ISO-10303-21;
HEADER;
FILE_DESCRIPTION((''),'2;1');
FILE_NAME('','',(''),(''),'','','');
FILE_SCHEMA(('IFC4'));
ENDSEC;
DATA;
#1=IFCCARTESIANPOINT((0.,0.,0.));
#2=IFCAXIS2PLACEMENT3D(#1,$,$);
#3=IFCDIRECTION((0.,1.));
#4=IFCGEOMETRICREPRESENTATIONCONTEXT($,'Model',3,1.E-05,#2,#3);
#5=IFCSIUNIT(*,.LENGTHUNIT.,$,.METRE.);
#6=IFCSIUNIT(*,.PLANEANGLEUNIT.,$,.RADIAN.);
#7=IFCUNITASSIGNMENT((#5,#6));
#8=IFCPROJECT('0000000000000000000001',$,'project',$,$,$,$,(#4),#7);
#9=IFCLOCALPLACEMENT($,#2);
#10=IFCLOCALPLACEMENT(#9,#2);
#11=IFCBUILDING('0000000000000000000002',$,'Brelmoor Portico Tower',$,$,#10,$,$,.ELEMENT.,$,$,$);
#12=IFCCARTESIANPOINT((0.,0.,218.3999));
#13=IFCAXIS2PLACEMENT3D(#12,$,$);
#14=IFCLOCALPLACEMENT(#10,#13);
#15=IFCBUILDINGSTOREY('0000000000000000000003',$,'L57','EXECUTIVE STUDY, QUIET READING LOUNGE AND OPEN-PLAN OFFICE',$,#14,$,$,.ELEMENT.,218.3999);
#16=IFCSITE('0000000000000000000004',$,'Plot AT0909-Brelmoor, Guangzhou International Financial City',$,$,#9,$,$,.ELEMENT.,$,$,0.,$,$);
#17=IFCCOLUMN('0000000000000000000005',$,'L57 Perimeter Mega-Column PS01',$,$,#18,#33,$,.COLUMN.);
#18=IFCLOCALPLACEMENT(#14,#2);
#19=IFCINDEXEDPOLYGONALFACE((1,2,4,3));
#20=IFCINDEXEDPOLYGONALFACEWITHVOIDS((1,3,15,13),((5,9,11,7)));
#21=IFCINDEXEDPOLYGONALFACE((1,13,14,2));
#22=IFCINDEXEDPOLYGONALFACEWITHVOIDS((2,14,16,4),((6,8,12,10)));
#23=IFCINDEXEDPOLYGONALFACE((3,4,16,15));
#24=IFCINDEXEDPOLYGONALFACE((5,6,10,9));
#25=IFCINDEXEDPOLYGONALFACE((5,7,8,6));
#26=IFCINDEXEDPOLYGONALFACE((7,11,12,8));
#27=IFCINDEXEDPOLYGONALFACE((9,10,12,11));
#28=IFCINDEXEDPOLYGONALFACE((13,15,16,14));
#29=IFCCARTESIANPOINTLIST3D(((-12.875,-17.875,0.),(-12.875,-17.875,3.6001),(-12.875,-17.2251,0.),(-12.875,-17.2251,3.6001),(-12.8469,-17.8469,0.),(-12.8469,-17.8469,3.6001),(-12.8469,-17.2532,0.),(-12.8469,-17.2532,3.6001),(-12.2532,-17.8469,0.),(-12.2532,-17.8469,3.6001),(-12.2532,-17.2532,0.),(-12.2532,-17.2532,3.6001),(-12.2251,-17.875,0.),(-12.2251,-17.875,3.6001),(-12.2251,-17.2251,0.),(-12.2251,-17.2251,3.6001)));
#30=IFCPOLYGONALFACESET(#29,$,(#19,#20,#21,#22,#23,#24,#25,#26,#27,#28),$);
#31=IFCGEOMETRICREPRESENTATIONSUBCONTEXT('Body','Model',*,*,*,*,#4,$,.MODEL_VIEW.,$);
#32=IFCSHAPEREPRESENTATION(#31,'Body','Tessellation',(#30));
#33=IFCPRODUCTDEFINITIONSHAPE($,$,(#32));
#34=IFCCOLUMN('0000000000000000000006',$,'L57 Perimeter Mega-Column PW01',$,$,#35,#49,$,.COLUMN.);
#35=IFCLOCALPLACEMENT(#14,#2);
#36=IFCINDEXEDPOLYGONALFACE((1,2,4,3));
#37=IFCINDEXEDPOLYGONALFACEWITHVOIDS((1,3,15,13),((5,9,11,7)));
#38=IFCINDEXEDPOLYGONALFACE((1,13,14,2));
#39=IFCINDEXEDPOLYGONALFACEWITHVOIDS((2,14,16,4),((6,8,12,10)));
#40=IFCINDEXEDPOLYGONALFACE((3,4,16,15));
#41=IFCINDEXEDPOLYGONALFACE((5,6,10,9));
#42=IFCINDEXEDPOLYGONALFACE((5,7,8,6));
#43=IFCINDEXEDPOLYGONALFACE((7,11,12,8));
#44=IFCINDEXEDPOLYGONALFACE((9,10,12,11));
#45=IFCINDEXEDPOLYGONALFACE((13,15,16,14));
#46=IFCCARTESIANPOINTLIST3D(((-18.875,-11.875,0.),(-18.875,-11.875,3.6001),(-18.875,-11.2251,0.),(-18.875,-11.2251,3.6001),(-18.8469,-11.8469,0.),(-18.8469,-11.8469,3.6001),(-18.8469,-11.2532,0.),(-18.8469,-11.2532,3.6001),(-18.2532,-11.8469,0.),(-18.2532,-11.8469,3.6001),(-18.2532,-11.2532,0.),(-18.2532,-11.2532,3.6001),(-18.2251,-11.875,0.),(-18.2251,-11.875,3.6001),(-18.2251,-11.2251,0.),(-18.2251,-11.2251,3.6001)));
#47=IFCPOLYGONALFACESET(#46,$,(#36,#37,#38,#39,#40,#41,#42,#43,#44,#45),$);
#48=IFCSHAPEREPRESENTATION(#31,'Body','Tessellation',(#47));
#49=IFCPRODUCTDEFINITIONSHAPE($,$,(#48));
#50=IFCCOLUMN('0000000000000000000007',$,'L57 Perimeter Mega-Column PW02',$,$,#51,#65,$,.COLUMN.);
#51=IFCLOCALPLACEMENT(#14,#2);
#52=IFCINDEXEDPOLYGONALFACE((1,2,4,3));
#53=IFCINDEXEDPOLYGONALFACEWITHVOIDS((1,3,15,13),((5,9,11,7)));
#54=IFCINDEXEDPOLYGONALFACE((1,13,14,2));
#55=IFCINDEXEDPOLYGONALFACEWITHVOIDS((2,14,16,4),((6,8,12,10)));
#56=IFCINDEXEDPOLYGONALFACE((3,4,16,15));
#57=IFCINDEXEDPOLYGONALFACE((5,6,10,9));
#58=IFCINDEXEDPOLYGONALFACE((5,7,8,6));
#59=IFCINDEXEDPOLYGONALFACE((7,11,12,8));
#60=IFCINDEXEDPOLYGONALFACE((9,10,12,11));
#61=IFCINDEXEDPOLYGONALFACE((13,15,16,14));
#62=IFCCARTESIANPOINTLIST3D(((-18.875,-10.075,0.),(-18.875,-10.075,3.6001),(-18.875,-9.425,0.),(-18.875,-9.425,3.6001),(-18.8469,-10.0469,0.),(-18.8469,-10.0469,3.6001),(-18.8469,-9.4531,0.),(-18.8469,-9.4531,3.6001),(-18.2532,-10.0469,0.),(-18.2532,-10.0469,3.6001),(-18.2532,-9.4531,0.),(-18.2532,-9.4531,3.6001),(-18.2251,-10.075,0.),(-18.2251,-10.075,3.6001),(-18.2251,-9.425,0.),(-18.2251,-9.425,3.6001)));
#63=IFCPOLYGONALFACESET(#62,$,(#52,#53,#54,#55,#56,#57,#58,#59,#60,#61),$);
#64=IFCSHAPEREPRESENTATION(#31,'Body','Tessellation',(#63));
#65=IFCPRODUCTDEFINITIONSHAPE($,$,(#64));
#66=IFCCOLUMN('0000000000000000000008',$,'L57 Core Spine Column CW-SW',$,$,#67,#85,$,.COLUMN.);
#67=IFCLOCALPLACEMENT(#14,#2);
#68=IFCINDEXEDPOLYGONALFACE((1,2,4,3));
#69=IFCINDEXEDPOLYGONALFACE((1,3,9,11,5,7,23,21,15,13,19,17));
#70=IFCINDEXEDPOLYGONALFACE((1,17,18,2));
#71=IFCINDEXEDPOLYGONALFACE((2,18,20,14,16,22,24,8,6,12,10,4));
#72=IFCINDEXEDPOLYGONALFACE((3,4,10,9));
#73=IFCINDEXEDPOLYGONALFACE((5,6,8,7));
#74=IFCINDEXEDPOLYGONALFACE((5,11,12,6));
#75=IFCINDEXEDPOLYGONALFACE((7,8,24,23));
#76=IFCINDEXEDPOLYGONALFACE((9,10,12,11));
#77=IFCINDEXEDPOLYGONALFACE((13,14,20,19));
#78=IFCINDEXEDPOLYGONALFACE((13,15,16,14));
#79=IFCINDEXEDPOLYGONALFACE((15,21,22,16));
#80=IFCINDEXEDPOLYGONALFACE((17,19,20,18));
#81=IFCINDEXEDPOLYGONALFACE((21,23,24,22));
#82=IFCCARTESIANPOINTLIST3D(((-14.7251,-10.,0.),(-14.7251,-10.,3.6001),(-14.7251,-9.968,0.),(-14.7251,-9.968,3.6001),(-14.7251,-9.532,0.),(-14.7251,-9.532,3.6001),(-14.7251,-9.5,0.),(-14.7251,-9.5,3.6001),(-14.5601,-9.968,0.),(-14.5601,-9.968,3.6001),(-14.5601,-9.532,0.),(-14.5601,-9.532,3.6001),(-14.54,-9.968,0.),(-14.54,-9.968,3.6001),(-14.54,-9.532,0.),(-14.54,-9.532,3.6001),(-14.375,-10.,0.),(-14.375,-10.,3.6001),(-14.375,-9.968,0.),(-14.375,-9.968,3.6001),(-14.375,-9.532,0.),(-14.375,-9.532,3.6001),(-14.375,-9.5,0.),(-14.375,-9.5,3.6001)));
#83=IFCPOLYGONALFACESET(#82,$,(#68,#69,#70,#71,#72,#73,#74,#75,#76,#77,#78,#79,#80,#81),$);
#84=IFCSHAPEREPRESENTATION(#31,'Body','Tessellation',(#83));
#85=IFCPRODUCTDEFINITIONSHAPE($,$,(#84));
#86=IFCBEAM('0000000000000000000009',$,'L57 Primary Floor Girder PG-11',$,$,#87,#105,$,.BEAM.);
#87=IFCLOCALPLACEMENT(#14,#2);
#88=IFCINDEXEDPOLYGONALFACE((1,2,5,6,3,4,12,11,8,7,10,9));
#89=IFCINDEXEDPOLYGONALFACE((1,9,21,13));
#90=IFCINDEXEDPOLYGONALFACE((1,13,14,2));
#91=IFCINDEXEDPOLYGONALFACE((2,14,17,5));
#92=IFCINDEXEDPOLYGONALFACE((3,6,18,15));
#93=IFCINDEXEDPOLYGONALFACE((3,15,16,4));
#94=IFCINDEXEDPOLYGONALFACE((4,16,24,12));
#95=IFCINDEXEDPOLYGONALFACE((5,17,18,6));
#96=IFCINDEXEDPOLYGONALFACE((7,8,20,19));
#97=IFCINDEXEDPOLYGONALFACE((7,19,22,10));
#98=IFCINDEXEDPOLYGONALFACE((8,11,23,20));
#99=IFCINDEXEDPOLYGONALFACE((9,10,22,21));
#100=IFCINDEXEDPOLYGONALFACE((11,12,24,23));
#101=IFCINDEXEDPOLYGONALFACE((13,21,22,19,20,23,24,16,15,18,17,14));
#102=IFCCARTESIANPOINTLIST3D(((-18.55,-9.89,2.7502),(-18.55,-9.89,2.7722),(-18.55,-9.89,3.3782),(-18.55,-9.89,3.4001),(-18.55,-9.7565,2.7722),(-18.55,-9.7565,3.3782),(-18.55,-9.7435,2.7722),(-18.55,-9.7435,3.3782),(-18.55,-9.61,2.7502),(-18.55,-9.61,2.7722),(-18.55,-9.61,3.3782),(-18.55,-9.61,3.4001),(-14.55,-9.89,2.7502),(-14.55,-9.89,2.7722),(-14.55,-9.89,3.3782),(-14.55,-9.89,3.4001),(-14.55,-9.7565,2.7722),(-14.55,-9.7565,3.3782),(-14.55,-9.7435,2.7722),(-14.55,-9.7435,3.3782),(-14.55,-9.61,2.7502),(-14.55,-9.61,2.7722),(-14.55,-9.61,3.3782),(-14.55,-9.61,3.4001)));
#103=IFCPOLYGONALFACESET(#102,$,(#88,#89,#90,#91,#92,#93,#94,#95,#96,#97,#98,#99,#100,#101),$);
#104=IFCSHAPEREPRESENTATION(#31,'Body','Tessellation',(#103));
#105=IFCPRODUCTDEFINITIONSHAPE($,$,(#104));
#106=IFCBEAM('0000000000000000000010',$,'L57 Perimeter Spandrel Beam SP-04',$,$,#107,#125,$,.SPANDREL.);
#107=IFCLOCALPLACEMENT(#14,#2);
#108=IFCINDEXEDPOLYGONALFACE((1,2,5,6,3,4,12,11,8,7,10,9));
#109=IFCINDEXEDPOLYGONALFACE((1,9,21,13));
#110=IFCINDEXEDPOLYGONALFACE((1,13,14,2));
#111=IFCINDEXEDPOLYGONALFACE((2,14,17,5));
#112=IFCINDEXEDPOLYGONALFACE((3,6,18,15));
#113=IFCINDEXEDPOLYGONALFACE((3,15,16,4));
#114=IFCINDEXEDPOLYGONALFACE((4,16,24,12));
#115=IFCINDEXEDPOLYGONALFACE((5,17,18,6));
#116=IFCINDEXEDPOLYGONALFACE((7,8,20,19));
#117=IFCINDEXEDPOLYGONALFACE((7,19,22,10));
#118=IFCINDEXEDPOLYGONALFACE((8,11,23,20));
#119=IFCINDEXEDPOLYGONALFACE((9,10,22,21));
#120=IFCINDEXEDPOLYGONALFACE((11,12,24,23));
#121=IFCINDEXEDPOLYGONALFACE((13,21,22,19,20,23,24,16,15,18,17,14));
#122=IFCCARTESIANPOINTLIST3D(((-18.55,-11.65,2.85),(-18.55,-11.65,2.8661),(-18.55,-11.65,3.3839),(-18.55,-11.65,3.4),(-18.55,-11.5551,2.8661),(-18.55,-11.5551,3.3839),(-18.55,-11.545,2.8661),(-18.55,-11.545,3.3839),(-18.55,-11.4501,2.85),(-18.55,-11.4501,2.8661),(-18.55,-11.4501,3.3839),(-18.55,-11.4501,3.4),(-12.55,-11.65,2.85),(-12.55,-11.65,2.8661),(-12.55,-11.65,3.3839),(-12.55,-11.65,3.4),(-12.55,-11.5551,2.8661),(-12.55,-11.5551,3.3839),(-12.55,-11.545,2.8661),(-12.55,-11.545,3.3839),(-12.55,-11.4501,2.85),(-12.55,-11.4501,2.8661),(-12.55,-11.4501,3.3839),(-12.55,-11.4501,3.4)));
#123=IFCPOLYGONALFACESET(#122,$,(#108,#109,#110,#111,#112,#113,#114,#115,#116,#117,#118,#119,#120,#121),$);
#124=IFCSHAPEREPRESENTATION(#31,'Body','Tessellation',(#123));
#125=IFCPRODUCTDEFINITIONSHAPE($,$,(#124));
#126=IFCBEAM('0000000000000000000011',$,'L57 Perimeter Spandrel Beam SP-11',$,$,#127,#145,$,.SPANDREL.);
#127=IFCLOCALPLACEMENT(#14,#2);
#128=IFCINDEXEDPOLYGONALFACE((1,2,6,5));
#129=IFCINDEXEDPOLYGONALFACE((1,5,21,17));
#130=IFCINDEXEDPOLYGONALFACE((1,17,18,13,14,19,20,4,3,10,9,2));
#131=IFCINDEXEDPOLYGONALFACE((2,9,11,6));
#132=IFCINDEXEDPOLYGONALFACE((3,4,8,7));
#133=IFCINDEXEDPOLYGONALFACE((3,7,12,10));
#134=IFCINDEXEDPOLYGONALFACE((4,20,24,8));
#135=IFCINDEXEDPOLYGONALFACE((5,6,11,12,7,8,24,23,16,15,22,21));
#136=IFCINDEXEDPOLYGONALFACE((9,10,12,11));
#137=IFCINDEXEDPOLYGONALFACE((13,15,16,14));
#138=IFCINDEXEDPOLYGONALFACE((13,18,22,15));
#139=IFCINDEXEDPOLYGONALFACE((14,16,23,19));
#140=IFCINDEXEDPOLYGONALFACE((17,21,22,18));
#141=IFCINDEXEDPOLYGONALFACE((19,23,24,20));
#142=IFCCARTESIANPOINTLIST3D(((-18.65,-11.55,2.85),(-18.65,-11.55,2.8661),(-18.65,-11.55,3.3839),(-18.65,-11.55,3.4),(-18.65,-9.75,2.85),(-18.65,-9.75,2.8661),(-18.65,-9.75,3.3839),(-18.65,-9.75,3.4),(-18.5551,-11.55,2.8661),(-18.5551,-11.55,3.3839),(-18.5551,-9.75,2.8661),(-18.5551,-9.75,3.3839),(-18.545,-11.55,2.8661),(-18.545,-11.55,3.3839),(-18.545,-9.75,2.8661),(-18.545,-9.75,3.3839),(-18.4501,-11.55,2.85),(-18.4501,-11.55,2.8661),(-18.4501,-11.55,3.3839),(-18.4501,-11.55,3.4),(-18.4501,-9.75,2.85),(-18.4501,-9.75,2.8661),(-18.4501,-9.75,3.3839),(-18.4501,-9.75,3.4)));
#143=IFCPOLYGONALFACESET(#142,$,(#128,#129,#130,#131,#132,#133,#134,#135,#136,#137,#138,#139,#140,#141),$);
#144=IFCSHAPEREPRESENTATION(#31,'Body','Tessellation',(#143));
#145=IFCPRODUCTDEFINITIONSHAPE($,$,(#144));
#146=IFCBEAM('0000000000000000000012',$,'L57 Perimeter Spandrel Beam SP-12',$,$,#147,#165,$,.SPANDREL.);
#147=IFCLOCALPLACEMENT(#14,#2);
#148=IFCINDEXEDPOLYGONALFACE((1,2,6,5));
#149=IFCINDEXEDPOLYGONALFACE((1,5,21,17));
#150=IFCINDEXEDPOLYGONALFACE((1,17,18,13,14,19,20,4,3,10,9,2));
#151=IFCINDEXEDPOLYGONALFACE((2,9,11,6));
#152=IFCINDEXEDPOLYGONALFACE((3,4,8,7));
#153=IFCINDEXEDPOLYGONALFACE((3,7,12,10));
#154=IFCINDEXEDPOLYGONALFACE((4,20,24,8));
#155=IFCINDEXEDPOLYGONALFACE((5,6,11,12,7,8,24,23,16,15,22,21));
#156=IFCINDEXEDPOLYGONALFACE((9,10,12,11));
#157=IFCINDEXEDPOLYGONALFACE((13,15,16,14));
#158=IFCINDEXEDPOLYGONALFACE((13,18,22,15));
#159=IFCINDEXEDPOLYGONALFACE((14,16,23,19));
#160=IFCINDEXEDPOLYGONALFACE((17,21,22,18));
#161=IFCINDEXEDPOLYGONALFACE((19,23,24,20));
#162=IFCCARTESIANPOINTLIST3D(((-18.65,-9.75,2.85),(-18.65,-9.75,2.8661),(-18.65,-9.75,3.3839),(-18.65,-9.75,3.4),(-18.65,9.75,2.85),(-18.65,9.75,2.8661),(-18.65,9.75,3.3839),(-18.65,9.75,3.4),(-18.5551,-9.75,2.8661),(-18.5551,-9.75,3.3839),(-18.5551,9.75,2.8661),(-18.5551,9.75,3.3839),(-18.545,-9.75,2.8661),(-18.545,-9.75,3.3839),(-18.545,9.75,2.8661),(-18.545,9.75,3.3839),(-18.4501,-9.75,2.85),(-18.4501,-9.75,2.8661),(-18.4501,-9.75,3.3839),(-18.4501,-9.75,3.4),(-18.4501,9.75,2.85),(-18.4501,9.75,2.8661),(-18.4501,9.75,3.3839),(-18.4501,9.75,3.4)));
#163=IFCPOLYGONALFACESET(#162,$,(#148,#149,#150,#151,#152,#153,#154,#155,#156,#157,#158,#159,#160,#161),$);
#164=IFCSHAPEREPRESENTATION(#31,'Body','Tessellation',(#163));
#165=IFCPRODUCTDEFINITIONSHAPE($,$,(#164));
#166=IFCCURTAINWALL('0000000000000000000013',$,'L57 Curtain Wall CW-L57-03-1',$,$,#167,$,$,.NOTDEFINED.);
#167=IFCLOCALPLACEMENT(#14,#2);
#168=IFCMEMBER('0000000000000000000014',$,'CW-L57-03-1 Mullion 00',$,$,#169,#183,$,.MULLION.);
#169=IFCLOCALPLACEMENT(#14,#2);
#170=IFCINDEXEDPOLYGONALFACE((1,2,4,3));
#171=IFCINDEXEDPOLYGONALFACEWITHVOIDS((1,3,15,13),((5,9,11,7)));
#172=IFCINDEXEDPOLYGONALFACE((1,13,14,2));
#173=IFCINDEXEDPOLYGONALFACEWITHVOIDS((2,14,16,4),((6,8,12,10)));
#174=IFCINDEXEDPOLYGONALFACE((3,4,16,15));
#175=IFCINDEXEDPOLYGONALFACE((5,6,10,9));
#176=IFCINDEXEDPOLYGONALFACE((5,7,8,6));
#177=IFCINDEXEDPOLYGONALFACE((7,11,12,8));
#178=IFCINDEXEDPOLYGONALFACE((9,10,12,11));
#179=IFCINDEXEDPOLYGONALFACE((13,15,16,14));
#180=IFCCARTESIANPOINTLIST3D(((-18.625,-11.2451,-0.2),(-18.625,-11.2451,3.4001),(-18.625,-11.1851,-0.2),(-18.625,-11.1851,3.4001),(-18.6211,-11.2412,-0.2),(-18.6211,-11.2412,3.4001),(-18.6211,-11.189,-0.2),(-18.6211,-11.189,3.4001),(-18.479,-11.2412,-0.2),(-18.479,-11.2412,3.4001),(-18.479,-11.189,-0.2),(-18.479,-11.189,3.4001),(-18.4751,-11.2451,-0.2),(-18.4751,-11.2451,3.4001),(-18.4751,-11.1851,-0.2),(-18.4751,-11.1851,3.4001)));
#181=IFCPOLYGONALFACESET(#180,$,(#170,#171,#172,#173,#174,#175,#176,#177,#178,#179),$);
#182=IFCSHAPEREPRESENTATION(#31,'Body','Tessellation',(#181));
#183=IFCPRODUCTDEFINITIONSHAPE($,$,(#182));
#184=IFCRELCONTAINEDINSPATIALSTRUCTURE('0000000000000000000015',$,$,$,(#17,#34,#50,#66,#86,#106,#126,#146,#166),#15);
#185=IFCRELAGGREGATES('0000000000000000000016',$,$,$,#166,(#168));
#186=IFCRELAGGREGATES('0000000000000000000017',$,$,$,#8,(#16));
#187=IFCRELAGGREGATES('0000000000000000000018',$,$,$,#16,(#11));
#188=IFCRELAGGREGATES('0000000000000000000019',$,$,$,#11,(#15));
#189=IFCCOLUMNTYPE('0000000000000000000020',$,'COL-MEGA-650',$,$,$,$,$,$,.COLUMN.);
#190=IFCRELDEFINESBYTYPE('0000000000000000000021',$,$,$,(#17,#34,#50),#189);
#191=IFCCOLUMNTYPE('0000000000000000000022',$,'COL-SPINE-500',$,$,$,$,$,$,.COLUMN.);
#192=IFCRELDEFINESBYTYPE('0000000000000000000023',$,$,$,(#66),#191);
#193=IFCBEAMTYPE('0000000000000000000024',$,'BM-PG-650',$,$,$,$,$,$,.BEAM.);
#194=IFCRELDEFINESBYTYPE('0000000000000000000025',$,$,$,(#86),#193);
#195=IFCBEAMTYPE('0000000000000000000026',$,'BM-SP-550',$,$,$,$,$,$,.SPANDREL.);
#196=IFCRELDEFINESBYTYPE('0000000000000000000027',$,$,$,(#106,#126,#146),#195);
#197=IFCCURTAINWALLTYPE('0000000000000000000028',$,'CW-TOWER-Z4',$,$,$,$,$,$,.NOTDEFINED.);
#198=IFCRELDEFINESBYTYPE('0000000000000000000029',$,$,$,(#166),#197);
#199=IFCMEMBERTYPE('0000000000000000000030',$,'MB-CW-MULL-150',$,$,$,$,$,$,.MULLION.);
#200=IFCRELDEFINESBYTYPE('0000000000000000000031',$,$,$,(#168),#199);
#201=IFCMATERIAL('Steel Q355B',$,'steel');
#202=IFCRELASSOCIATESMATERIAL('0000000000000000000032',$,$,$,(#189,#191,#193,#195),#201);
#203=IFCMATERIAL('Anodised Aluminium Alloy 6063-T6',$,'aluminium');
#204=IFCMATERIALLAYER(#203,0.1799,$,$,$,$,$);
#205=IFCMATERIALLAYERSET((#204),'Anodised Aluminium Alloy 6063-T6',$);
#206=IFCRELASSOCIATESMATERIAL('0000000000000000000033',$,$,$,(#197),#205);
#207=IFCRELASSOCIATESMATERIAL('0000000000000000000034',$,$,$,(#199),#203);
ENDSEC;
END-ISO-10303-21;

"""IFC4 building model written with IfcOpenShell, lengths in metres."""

from ifc_helpers import new_model, si_unit, direction, frame, origin, origin_2d, place, context, subcontext, project, spatial, hollow_rectangle, i_section, extrude, material, layer, layer_set, material_profile, profile_set, type_object, element, aggregate, save


model = new_model("IFC4")

# Units and contexts
model_context = context("Model", 3, precision=1e-05, world=origin(), true_north=direction((0.0, 1.0)))
body_context = subcontext(model_context, "Body", "Model", "MODEL_VIEW")
ifc_project = project(units=[si_unit("LENGTHUNIT", "METRE"), si_unit("PLANEANGLEUNIT", "RADIAN")], contexts=[model_context])

# Site, building, storey
site_placement = place(None, origin())
site = spatial("IfcSite", under=ifc_project, at=site_placement, Name="Plot AT0909-Brelmoor, Guangzhou International Financial City", CompositionType="ELEMENT", RefElevation=0.0)
building_placement = place(site_placement, origin())
building = spatial("IfcBuilding", under=site, at=building_placement, Name="Brelmoor Portico Tower", CompositionType="ELEMENT")
storey_placement = place(building_placement, frame((0.0, 0.0, 218.3999)))
storey = spatial("IfcBuildingStorey", under=building, at=storey_placement, Name="L57", Description="EXECUTIVE STUDY, QUIET READING LOUNGE AND OPEN-PLAN OFFICE", CompositionType="ELEMENT", Elevation=218.3999)

# Columns
ifc_material_1 = material(Name="Steel Q355B", Category="steel")
ifc_material_profile_1 = material_profile(ifc_material_1, hollow_rectangle(XDim=0.6499, YDim=0.6499, WallThickness=0.0281, at=origin_2d()), Name="BOX 650x650x28")
ifc_profile_set_1 = profile_set([ifc_material_profile_1], Name="Steel Q355B")
column_type_1 = type_object("IfcColumnType", Name="COL-MEGA-650", PredefinedType="COLUMN", material=ifc_profile_set_1)
for number, where, z_axis, x_axis, name in (
    (1, (-12.55, -17.55, 0.0), (0.0, 0.0, 1.0), (1.0, 0.0, 0.0), "L57 Perimeter Mega-Column PS01"),
    (2, (-18.55, -11.55, 0.0), (0.0, 0.0, 1.0), (0.0, 1.0, 0.0), "L57 Perimeter Mega-Column PW01"),
    (3, (-18.55, -9.75, 0.0), (0.0, 0.0, 1.0), (0.0, 1.0, 0.0), "L57 Perimeter Mega-Column PW02"),
):
    element("IfcColumn", number, at=place(storey_placement, frame(where, z_axis=z_axis, x_axis=x_axis)), inside=storey, type_object=column_type_1, Name=name, PredefinedType="COLUMN", context=body_context, shape_type="SweptSolid", body=[
        extrude(hollow_rectangle(XDim=0.6499, YDim=0.6499, WallThickness=0.0281, at=origin_2d()), origin(), (0.0, 0.0, 1.0), 3.6001),
    ])
ifc_material_profile_2 = material_profile(ifc_material_1, i_section(OverallWidth=0.3501, OverallDepth=0.5, WebThickness=0.02, FlangeThickness=0.032, at=origin_2d()), Name="HW 500x350x20x32")
ifc_profile_set_2 = profile_set([ifc_material_profile_2], Name="Steel Q355B")
column_type_2 = type_object("IfcColumnType", Name="COL-SPINE-500", PredefinedType="COLUMN", material=ifc_profile_set_2)
column_placement = place(storey_placement, frame((-14.55, -9.75, 0.0), z_axis=(0.0, 0.0, 1.0), x_axis=(1.0, 0.0, 0.0)))
element("IfcColumn", 4, at=column_placement, inside=storey, type_object=column_type_2, Name="L57 Core Spine Column CW-SW", PredefinedType="COLUMN", context=body_context, shape_type="SweptSolid", body=[
    extrude(i_section(OverallWidth=0.3501, OverallDepth=0.5, WebThickness=0.02, FlangeThickness=0.032, at=origin_2d()), origin(), (0.0, 0.0, 1.0), 3.6001),
])

# Beams
ifc_material_profile_3 = material_profile(ifc_material_1, i_section(OverallWidth=0.28, OverallDepth=0.6499, WebThickness=0.0129, FlangeThickness=0.022, at=origin_2d()), Name="HN 650x280x13x22")
ifc_profile_set_3 = profile_set([ifc_material_profile_3], Name="Steel Q355B")
beam_type_1 = type_object("IfcBeamType", Name="BM-PG-650", PredefinedType="BEAM", material=ifc_profile_set_3)
beam_1_placement = place(storey_placement, frame((-18.55, -9.75, 3.0752), z_axis=(1.0, 0.0, 0.0), x_axis=(0.0, 1.0, 0.0)))
element("IfcBeam", 5, at=beam_1_placement, inside=storey, type_object=beam_type_1, Name="L57 Primary Floor Girder PG-11", PredefinedType="BEAM", context=body_context, shape_type="SweptSolid", body=[
    extrude(i_section(OverallWidth=0.28, OverallDepth=0.6499, WebThickness=0.0129, FlangeThickness=0.022, at=origin_2d()), origin(), (0.0, 0.0, 1.0), 4.0),
])
ifc_material_profile_4 = material_profile(ifc_material_1, i_section(OverallWidth=0.2, OverallDepth=0.55, WebThickness=0.01, FlangeThickness=0.0161, at=origin_2d()), Name="HN 550x200x10x16")
ifc_profile_set_4 = profile_set([ifc_material_profile_4], Name="Steel Q355B")
beam_type_2 = type_object("IfcBeamType", Name="BM-SP-550", PredefinedType="SPANDREL", material=ifc_profile_set_4)
beam_2_placement = place(storey_placement, frame((-18.55, -11.55, 3.125), z_axis=(1.0, 0.0, 0.0), x_axis=(0.0, 1.0, 0.0)))
element("IfcBeam", 6, at=beam_2_placement, inside=storey, type_object=beam_type_2, Name="L57 Perimeter Spandrel Beam SP-04", PredefinedType="SPANDREL", context=body_context, shape_type="SweptSolid", body=[
    extrude(i_section(OverallWidth=0.2, OverallDepth=0.55, WebThickness=0.01, FlangeThickness=0.0161, at=origin_2d()), origin(), (0.0, 0.0, 1.0), 6.0),
])
beam_3_placement = place(storey_placement, frame((-18.55, -11.55, 3.125), z_axis=(0.0, 1.0, 0.0), x_axis=(-1.0, 0.0, 0.0)))
element("IfcBeam", 7, at=beam_3_placement, inside=storey, type_object=beam_type_2, Name="L57 Perimeter Spandrel Beam SP-11", PredefinedType="SPANDREL", context=body_context, shape_type="SweptSolid", body=[
    extrude(i_section(OverallWidth=0.2, OverallDepth=0.55, WebThickness=0.01, FlangeThickness=0.0161, at=origin_2d()), origin(), (0.0, 0.0, 1.0), 1.8),
])
beam_4_placement = place(storey_placement, frame((-18.55, -9.75, 3.125), z_axis=(0.0, 1.0, 0.0), x_axis=(-1.0, 0.0, 0.0)))
element("IfcBeam", 8, at=beam_4_placement, inside=storey, type_object=beam_type_2, Name="L57 Perimeter Spandrel Beam SP-12", PredefinedType="SPANDREL", context=body_context, shape_type="SweptSolid", body=[
    extrude(i_section(OverallWidth=0.2, OverallDepth=0.55, WebThickness=0.01, FlangeThickness=0.0161, at=origin_2d()), origin(), (0.0, 0.0, 1.0), 19.5),
])

# Curtain wall, member
ifc_material_2 = material(Name="Anodised Aluminium Alloy 6063-T6", Category="aluminium")
ifc_layer_1 = layer(ifc_material_2, 0.1799)
ifc_layer_set_1 = layer_set([ifc_layer_1], Name="Anodised Aluminium Alloy 6063-T6")
curtain_wall_type = type_object("IfcCurtainWallType", Name="CW-TOWER-Z4", PredefinedType="NOTDEFINED", material=ifc_layer_set_1)
curtain_wall_placement = place(storey_placement, origin())
curtain_wall = element("IfcCurtainWall", 9, at=curtain_wall_placement, inside=storey, type_object=curtain_wall_type, Name="L57 Curtain Wall CW-L57-03-1", PredefinedType="NOTDEFINED")
ifc_material_profile_5 = material_profile(ifc_material_2, hollow_rectangle(XDim=0.0601, YDim=0.1499, WallThickness=0.0039, at=origin_2d()), Name="ALU MULLION 60x150")
ifc_profile_set_5 = profile_set([ifc_material_profile_5], Name="Anodised Aluminium Alloy 6063-T6")
member_type_1 = type_object("IfcMemberType", Name="MB-CW-MULL-150", PredefinedType="MULLION", material=ifc_profile_set_5)
member_1_placement = place(storey_placement, frame((-18.55, -11.2151, -0.2), z_axis=(0.0, 0.0, 1.0), x_axis=(0.0, 1.0, 0.0)))
member_1 = element("IfcMember", 10, at=member_1_placement, type_object=member_type_1, Name="CW-L57-03-1 Mullion 00", PredefinedType="MULLION", context=body_context, shape_type="SweptSolid", body=[
    extrude(hollow_rectangle(XDim=0.0601, YDim=0.1499, WallThickness=0.0039, at=origin_2d()), origin(), (0.0, 0.0, 1.0), 3.6001),
])
aggregate(curtain_wall, [member_1])

save(model, "model.ifc")
